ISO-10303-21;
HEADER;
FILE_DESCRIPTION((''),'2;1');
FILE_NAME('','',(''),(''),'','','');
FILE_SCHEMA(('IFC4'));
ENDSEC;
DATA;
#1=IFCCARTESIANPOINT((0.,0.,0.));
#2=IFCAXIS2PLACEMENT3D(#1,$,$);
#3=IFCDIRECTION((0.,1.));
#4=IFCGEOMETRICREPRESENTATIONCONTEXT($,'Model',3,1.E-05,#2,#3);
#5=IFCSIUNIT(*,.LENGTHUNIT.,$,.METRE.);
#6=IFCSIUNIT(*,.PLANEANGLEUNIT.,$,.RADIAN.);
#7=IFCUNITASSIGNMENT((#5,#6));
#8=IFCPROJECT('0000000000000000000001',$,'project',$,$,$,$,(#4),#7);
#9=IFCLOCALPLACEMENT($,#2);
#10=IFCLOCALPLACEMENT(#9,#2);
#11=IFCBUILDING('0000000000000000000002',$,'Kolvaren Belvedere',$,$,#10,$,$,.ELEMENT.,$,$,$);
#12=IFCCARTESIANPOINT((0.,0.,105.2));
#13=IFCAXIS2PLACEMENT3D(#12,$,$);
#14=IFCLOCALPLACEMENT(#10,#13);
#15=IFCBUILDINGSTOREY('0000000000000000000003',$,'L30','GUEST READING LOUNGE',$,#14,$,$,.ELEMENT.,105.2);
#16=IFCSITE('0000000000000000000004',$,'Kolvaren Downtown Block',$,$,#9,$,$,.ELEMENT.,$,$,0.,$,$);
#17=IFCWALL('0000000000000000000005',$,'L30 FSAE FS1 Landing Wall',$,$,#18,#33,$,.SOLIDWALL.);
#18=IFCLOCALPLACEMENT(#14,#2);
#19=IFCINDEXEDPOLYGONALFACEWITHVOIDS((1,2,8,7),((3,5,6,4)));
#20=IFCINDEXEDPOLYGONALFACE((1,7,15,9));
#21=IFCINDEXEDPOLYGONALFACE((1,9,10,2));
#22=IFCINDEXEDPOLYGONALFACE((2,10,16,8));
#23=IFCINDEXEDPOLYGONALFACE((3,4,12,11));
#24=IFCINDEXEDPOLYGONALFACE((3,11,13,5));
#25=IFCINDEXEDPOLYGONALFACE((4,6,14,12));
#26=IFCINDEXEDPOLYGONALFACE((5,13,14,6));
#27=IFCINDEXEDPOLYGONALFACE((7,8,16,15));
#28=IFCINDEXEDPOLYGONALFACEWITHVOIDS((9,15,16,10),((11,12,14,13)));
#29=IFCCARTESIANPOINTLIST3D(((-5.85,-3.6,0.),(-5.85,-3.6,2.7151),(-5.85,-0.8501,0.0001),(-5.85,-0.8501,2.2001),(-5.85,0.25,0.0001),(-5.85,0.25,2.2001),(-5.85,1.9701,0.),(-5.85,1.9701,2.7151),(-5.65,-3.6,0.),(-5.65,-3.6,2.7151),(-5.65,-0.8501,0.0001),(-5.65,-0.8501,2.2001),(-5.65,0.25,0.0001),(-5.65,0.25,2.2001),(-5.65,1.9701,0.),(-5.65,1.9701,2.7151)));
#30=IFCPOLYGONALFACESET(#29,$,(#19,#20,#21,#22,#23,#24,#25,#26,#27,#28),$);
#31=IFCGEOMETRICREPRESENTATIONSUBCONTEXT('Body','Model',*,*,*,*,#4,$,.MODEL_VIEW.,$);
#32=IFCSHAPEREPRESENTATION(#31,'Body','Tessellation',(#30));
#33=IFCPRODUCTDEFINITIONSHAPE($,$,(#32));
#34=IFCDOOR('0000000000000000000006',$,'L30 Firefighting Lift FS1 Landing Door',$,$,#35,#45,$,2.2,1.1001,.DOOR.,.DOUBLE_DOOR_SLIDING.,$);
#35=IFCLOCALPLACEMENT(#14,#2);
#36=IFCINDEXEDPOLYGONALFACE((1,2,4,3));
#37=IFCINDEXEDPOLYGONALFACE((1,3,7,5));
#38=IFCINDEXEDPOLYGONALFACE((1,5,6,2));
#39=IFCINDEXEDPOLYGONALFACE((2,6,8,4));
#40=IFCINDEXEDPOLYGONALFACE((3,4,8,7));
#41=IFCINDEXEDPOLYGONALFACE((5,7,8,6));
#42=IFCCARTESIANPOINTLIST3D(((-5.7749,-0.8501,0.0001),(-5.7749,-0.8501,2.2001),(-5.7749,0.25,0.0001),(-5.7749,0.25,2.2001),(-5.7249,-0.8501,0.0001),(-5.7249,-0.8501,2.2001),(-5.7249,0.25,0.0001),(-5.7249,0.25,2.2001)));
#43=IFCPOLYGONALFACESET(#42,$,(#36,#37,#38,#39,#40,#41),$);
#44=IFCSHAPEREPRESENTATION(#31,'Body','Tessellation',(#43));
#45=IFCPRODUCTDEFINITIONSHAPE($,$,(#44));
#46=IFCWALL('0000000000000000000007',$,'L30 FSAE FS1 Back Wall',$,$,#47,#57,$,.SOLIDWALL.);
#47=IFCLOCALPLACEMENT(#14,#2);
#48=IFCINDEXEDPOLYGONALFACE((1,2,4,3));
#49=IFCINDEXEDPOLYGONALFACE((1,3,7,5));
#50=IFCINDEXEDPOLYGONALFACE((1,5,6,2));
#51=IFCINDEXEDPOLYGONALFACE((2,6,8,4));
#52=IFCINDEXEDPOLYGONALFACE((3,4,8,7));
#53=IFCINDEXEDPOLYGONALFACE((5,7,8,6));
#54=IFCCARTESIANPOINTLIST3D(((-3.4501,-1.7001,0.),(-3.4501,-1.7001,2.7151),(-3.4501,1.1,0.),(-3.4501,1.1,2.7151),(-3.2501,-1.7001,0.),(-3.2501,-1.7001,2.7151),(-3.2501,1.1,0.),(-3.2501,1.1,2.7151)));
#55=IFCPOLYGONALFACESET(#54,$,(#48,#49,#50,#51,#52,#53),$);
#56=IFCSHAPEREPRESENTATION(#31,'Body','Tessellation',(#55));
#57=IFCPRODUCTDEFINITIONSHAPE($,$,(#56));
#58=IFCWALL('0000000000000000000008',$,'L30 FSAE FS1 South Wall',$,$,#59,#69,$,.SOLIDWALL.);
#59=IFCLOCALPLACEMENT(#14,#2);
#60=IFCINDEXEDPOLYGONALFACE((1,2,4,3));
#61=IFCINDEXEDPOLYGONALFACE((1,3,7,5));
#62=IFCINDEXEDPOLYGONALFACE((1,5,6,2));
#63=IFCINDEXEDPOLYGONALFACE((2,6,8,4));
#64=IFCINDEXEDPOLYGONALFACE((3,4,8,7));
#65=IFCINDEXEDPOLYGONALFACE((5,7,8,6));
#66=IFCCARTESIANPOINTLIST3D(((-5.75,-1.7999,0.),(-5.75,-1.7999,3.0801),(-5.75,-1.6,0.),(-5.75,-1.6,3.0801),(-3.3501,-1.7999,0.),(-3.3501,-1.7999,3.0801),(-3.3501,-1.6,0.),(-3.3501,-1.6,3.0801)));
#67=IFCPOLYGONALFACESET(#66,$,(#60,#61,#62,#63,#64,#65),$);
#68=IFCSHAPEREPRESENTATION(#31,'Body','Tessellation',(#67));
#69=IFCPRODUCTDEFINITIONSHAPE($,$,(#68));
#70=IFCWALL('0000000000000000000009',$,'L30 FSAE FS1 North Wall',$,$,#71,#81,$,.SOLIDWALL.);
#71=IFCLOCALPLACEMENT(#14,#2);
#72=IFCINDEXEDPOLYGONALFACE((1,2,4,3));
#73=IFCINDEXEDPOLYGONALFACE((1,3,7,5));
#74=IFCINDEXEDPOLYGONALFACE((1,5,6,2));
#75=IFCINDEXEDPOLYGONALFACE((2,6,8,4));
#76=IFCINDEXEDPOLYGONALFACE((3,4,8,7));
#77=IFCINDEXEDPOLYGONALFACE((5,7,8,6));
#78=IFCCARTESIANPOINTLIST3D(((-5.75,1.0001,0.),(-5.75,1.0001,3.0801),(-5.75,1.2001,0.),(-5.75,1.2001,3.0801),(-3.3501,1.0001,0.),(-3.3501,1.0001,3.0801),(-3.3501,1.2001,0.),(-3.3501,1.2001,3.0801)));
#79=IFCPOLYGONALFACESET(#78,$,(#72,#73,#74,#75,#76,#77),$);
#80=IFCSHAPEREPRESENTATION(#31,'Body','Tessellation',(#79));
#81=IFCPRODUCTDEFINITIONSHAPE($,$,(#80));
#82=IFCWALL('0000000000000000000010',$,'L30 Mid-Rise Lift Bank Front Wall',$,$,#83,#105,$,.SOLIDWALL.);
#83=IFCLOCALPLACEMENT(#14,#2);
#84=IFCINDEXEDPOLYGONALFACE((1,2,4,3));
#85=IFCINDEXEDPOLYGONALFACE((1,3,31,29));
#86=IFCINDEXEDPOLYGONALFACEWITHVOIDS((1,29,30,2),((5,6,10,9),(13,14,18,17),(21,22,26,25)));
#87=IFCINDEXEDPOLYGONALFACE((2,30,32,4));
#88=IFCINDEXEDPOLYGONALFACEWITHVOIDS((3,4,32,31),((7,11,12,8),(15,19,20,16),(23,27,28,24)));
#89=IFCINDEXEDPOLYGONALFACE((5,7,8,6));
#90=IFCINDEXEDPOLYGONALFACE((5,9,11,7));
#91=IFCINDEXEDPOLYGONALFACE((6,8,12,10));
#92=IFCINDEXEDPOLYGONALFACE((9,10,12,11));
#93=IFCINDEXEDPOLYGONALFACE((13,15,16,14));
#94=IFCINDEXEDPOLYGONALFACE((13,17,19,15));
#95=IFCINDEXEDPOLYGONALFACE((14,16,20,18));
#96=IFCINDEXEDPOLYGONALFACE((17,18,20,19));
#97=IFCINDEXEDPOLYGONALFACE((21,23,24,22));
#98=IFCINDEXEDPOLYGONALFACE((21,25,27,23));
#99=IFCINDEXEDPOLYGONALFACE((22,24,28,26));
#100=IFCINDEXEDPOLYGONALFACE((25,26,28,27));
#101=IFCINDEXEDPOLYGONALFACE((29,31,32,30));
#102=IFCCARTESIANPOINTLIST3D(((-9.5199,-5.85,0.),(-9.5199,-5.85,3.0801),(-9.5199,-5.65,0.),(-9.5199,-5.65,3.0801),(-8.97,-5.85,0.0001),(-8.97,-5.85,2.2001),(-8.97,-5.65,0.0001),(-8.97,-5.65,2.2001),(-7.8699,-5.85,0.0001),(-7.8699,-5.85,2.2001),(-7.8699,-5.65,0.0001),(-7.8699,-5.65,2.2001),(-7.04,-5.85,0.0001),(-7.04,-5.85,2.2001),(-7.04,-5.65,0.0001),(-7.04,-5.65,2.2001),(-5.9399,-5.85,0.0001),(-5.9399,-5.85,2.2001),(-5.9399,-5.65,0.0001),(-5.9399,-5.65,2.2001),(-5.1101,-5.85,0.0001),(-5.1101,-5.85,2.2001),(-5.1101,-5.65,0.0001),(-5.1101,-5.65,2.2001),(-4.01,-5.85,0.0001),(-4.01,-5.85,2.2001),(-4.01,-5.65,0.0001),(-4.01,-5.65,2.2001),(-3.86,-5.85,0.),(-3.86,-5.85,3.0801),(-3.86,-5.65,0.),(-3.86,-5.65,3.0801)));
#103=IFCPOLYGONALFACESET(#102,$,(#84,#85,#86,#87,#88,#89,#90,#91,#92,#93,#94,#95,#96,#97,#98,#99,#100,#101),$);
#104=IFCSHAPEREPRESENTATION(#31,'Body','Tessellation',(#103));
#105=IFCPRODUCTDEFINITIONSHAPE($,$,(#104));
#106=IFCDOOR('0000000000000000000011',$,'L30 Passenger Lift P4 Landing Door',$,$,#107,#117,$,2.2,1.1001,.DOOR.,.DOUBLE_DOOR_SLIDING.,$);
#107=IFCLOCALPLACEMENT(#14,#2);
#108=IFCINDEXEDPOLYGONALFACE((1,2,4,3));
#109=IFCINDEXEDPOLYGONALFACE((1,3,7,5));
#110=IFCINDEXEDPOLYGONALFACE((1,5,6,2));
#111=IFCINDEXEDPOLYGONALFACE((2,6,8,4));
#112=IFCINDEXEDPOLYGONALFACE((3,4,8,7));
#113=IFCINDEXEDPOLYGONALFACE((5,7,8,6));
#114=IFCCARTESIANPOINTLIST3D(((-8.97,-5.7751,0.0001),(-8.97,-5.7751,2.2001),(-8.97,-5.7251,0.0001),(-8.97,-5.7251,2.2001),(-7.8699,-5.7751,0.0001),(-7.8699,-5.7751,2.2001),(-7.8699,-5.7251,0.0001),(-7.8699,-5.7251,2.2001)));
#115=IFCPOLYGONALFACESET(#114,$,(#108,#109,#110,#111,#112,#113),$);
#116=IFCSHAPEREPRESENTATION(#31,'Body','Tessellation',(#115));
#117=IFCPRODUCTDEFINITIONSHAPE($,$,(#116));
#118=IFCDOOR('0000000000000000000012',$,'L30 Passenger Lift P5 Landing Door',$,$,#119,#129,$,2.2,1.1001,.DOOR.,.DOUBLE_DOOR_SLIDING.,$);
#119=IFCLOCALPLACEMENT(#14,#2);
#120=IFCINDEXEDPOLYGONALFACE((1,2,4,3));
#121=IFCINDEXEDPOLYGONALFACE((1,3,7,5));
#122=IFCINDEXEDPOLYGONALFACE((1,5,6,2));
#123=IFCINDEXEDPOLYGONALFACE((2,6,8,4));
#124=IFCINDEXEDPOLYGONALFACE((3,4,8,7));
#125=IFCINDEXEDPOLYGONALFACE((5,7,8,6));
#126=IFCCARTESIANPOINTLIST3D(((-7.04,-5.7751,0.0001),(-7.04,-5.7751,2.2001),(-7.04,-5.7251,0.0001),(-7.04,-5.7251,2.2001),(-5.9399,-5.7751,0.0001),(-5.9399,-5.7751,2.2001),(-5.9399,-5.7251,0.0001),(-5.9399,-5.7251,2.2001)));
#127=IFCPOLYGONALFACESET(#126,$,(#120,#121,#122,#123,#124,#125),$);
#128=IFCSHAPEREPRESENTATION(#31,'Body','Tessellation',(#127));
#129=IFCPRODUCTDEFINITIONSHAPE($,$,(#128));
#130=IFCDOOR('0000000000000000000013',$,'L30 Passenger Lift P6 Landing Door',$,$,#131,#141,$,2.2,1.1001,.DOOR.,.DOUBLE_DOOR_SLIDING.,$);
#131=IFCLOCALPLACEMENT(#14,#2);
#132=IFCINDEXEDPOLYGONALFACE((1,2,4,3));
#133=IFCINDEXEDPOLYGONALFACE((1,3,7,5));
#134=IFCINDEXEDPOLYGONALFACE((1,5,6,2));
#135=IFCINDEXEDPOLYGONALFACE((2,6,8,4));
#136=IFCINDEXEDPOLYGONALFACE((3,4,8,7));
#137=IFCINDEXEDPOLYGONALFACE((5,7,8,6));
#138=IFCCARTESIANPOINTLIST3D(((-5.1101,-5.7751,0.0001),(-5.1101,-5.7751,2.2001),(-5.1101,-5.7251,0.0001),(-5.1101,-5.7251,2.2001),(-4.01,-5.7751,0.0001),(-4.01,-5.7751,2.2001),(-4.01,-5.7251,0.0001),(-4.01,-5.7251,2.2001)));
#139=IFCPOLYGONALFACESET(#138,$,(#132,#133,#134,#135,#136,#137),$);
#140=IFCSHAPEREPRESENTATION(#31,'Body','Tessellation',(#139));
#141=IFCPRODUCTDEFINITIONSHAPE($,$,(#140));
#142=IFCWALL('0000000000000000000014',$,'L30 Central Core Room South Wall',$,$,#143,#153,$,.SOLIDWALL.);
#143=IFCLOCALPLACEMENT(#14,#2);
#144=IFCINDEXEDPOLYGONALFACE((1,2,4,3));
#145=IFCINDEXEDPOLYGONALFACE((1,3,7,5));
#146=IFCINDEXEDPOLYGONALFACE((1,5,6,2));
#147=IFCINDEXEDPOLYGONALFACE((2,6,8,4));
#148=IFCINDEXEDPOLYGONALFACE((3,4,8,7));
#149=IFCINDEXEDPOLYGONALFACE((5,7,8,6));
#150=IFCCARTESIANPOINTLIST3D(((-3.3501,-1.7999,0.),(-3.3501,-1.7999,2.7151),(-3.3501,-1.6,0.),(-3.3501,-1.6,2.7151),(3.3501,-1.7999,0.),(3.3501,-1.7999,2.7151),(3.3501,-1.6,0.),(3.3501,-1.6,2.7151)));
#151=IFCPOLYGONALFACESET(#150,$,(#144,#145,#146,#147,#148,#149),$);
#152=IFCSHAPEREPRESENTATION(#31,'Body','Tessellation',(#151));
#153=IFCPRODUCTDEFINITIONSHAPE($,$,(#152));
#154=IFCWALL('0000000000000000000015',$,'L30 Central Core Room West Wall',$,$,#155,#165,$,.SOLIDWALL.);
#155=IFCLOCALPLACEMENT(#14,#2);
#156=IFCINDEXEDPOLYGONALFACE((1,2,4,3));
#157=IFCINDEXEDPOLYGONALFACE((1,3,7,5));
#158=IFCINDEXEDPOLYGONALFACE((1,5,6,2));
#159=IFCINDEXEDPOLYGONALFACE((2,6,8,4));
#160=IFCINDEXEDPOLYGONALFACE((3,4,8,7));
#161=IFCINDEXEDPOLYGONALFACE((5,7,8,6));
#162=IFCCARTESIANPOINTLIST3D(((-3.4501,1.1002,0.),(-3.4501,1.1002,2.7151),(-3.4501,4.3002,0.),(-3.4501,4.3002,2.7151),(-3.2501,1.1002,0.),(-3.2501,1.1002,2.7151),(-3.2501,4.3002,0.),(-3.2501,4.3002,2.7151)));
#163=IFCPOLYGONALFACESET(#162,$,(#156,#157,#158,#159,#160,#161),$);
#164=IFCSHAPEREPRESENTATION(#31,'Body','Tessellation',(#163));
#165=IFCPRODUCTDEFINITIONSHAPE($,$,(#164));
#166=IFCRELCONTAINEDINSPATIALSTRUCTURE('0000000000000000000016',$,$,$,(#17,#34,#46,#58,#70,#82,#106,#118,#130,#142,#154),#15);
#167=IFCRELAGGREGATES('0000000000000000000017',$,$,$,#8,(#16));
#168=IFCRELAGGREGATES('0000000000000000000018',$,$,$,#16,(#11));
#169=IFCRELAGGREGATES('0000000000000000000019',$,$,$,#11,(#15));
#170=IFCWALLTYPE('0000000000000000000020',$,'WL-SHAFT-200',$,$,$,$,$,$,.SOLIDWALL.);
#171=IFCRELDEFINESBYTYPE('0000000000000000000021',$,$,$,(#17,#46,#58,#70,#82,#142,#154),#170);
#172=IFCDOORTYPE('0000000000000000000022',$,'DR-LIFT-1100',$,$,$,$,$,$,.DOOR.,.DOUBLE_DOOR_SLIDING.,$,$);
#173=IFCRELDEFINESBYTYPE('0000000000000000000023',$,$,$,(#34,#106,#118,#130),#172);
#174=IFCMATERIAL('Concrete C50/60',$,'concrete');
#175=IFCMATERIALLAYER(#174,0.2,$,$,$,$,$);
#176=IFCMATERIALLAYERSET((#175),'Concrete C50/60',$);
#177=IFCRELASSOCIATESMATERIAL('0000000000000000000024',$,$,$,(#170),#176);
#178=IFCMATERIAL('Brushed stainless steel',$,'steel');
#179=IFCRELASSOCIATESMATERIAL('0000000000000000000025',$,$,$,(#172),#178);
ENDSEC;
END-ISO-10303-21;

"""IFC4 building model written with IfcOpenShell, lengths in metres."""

from ifc_helpers import new_model, si_unit, direction, frame, frame_2d, origin, place, context, subcontext, project, spatial, rectangle, extrude, material, layer, layer_set, type_object, element, fill, save


model = new_model("IFC4")

# Units and contexts
model_context = context("Model", 3, precision=1e-05, world=origin(), true_north=direction((0.0, 1.0)))
body_context = subcontext(model_context, "Body", "Model", "MODEL_VIEW")
ifc_project = project(units=[si_unit("LENGTHUNIT", "METRE"), si_unit("PLANEANGLEUNIT", "RADIAN")], contexts=[model_context])

# Site, building, storey
site_placement = place(None, origin())
site = spatial("IfcSite", under=ifc_project, at=site_placement, Name="Kolvaren Downtown Block", CompositionType="ELEMENT", RefElevation=0.0)
building_placement = place(site_placement, origin())
building = spatial("IfcBuilding", under=site, at=building_placement, Name="Kolvaren Belvedere", CompositionType="ELEMENT")
storey_placement = place(building_placement, frame((0.0, 0.0, 105.2)))
storey = spatial("IfcBuildingStorey", under=building, at=storey_placement, Name="L30", Description="GUEST READING LOUNGE", CompositionType="ELEMENT", Elevation=105.2)

# Wall, opening, door
ifc_material_1 = material(Name="Concrete C50/60", Category="concrete")
ifc_layer_1 = layer(ifc_material_1, 0.2)
ifc_layer_set_1 = layer_set([ifc_layer_1], Name="Concrete C50/60")
wall_type_1 = type_object("IfcWallType", Name="WL-SHAFT-200", PredefinedType="SOLIDWALL", material=ifc_layer_set_1)
wall_1_placement = place(storey_placement, frame((-5.75, -3.6001, 0.0), z_axis=(0.0, 0.0, 1.0), x_axis=(0.0, 1.0, 0.0)))
wall_1 = element("IfcWall", 1, at=wall_1_placement, inside=storey, type_object=wall_type_1, Name="L30 FSAE FS1 Landing Wall", PredefinedType="SOLIDWALL", context=body_context, shape_type="SweptSolid", body=[
    extrude(rectangle(XDim=5.5701, YDim=0.2, at=frame_2d((2.7852, 0.0))), origin(), (0.0, 0.0, 1.0), 2.7151),
])
opening_1_placement = place(wall_1_placement, frame((2.75, 0.0, 0.0)))
opening_1 = element("IfcOpeningElement", 2, at=opening_1_placement, cuts=wall_1, PredefinedType="OPENING", context=body_context, shape_type="SweptSolid", body=[
    extrude(rectangle(XDim=1.1001, YDim=2.2, at=frame_2d((0.55, 1.1001))), frame((0.0, 0.1099, 0.0), z_axis=(0.0, -1.0, 0.0), x_axis=(1.0, 0.0, 0.0)), (0.0, 0.0, 1.0), 0.22),
])
ifc_material_2 = material(Name="Brushed stainless steel", Category="steel")
door_type_1 = type_object("IfcDoorType", Name="DR-LIFT-1100", OperationType="DOUBLE_DOOR_SLIDING", PredefinedType="DOOR", material=ifc_material_2)
door_1_placement = place(opening_1_placement, origin())
door_1 = element("IfcDoor", 3, at=door_1_placement, inside=storey, type_object=door_type_1, Name="L30 Firefighting Lift FS1 Landing Door", OperationType="DOUBLE_DOOR_SLIDING", OverallHeight=2.2, OverallWidth=1.1001, PredefinedType="DOOR", context=body_context, shape_type="SweptSolid", body=[
    extrude(rectangle(XDim=1.1001, YDim=2.2, at=frame_2d((0.55, 1.1001))), frame((0.0, 0.0249, 0.0), z_axis=(0.0, -1.0, 0.0), x_axis=(1.0, 0.0, 0.0)), (0.0, 0.0, 1.0), 0.05),
])
fill(opening_1, door_1)

# Walls
wall_2_placement = place(storey_placement, frame((-3.3501, -1.7, 0.0), z_axis=(0.0, 0.0, 1.0), x_axis=(0.0, 1.0, 0.0)))
element("IfcWall", 4, at=wall_2_placement, inside=storey, type_object=wall_type_1, Name="L30 FSAE FS1 Back Wall", PredefinedType="SOLIDWALL", context=body_context, shape_type="SweptSolid", body=[
    extrude(rectangle(XDim=2.8, YDim=0.2, at=frame_2d((1.3999, 0.0))), origin(), (0.0, 0.0, 1.0), 2.7151),
])
for number, where, z_axis, x_axis, name in (
    (5, (-5.75, -1.7, 0.0), (0.0, 0.0, 1.0), (1.0, 0.0, 0.0), "L30 FSAE FS1 South Wall"),
    (6, (-5.75, 1.1001, 0.0), (0.0, 0.0, 1.0), (1.0, 0.0, 0.0), "L30 FSAE FS1 North Wall"),
):
    element("IfcWall", number, at=place(storey_placement, frame(where, z_axis=z_axis, x_axis=x_axis)), inside=storey, type_object=wall_type_1, Name=name, PredefinedType="SOLIDWALL", context=body_context, shape_type="SweptSolid", body=[
        extrude(rectangle(XDim=2.3999, YDim=0.2, at=frame_2d((1.2, 0.0))), origin(), (0.0, 0.0, 1.0), 3.0801),
    ])

# Wall, openings, doors
wall_3_placement = place(storey_placement, frame((-9.52, -5.75, 0.0), z_axis=(0.0, 0.0, 1.0), x_axis=(1.0, 0.0, 0.0)))
wall_3 = element("IfcWall", 7, at=wall_3_placement, inside=storey, type_object=wall_type_1, Name="L30 Mid-Rise Lift Bank Front Wall", PredefinedType="SOLIDWALL", context=body_context, shape_type="SweptSolid", body=[
    extrude(rectangle(XDim=5.6599, YDim=0.2, at=frame_2d((2.8301, 0.0))), origin(), (0.0, 0.0, 1.0), 3.0801),
])
opening_2_placement = place(wall_3_placement, frame((0.55, 0.0, 0.0)))
opening_2 = element("IfcOpeningElement", 8, at=opening_2_placement, cuts=wall_3, PredefinedType="OPENING", context=body_context, shape_type="SweptSolid", body=[
    extrude(rectangle(XDim=1.1001, YDim=2.2, at=frame_2d((0.55, 1.1001))), frame((0.0, 0.1099, 0.0), z_axis=(0.0, -1.0, 0.0), x_axis=(1.0, 0.0, 0.0)), (0.0, 0.0, 1.0), 0.22),
])
opening_3_placement = place(wall_3_placement, frame((2.48, 0.0, 0.0)))
opening_3 = element("IfcOpeningElement", 9, at=opening_3_placement, cuts=wall_3, PredefinedType="OPENING", context=body_context, shape_type="SweptSolid", body=[
    extrude(rectangle(XDim=1.1001, YDim=2.2, at=frame_2d((0.55, 1.1001))), frame((0.0, 0.1099, 0.0), z_axis=(0.0, -1.0, 0.0), x_axis=(1.0, 0.0, 0.0)), (0.0, 0.0, 1.0), 0.22),
])
opening_4_placement = place(wall_3_placement, frame((4.4099, 0.0, 0.0)))
opening_4 = element("IfcOpeningElement", 10, at=opening_4_placement, cuts=wall_3, PredefinedType="OPENING", context=body_context, shape_type="SweptSolid", body=[
    extrude(rectangle(XDim=1.1001, YDim=2.2, at=frame_2d((0.55, 1.1001))), frame((0.0, 0.1099, 0.0), z_axis=(0.0, -1.0, 0.0), x_axis=(1.0, 0.0, 0.0)), (0.0, 0.0, 1.0), 0.22),
])
door_2_placement = place(opening_2_placement, origin())
door_2 = element("IfcDoor", 11, at=door_2_placement, inside=storey, type_object=door_type_1, Name="L30 Passenger Lift P4 Landing Door", OperationType="DOUBLE_DOOR_SLIDING", OverallHeight=2.2, OverallWidth=1.1001, PredefinedType="DOOR", context=body_context, shape_type="SweptSolid", body=[
    extrude(rectangle(XDim=1.1001, YDim=2.2, at=frame_2d((0.55, 1.1001))), frame((0.0, 0.0249, 0.0), z_axis=(0.0, -1.0, 0.0), x_axis=(1.0, 0.0, 0.0)), (0.0, 0.0, 1.0), 0.05),
])
fill(opening_2, door_2)
door_3_placement = place(opening_3_placement, origin())
door_3 = element("IfcDoor", 12, at=door_3_placement, inside=storey, type_object=door_type_1, Name="L30 Passenger Lift P5 Landing Door", OperationType="DOUBLE_DOOR_SLIDING", OverallHeight=2.2, OverallWidth=1.1001, PredefinedType="DOOR", context=body_context, shape_type="SweptSolid", body=[
    extrude(rectangle(XDim=1.1001, YDim=2.2, at=frame_2d((0.55, 1.1001))), frame((0.0, 0.0249, 0.0), z_axis=(0.0, -1.0, 0.0), x_axis=(1.0, 0.0, 0.0)), (0.0, 0.0, 1.0), 0.05),
])
fill(opening_3, door_3)
door_4_placement = place(opening_4_placement, origin())
door_4 = element("IfcDoor", 13, at=door_4_placement, inside=storey, type_object=door_type_1, Name="L30 Passenger Lift P6 Landing Door", OperationType="DOUBLE_DOOR_SLIDING", OverallHeight=2.2, OverallWidth=1.1001, PredefinedType="DOOR", context=body_context, shape_type="SweptSolid", body=[
    extrude(rectangle(XDim=1.1001, YDim=2.2, at=frame_2d((0.55, 1.1001))), frame((0.0, 0.0249, 0.0), z_axis=(0.0, -1.0, 0.0), x_axis=(1.0, 0.0, 0.0)), (0.0, 0.0, 1.0), 0.05),
])
fill(opening_4, door_4)

# Walls
wall_4_placement = place(storey_placement, frame((-3.3501, -1.7, 0.0), z_axis=(0.0, 0.0, 1.0), x_axis=(1.0, 0.0, 0.0)))
element("IfcWall", 14, at=wall_4_placement, inside=storey, type_object=wall_type_1, Name="L30 Central Core Room South Wall", PredefinedType="SOLIDWALL", context=body_context, shape_type="SweptSolid", body=[
    extrude(rectangle(XDim=6.7002, YDim=0.2, at=frame_2d((3.3501, 0.0))), origin(), (0.0, 0.0, 1.0), 2.7151),
])
wall_5_placement = place(storey_placement, frame((-3.3501, 1.1001, 0.0), z_axis=(0.0, 0.0, 1.0), x_axis=(0.0, 1.0, 0.0)))
element("IfcWall", 15, at=wall_5_placement, inside=storey, type_object=wall_type_1, Name="L30 Central Core Room West Wall", PredefinedType="SOLIDWALL", context=body_context, shape_type="SweptSolid", body=[
    extrude(rectangle(XDim=3.2, YDim=0.2, at=frame_2d((1.6001, 0.0))), origin(), (0.0, 0.0, 1.0), 2.7151),
])

save(model, "model.ifc")
